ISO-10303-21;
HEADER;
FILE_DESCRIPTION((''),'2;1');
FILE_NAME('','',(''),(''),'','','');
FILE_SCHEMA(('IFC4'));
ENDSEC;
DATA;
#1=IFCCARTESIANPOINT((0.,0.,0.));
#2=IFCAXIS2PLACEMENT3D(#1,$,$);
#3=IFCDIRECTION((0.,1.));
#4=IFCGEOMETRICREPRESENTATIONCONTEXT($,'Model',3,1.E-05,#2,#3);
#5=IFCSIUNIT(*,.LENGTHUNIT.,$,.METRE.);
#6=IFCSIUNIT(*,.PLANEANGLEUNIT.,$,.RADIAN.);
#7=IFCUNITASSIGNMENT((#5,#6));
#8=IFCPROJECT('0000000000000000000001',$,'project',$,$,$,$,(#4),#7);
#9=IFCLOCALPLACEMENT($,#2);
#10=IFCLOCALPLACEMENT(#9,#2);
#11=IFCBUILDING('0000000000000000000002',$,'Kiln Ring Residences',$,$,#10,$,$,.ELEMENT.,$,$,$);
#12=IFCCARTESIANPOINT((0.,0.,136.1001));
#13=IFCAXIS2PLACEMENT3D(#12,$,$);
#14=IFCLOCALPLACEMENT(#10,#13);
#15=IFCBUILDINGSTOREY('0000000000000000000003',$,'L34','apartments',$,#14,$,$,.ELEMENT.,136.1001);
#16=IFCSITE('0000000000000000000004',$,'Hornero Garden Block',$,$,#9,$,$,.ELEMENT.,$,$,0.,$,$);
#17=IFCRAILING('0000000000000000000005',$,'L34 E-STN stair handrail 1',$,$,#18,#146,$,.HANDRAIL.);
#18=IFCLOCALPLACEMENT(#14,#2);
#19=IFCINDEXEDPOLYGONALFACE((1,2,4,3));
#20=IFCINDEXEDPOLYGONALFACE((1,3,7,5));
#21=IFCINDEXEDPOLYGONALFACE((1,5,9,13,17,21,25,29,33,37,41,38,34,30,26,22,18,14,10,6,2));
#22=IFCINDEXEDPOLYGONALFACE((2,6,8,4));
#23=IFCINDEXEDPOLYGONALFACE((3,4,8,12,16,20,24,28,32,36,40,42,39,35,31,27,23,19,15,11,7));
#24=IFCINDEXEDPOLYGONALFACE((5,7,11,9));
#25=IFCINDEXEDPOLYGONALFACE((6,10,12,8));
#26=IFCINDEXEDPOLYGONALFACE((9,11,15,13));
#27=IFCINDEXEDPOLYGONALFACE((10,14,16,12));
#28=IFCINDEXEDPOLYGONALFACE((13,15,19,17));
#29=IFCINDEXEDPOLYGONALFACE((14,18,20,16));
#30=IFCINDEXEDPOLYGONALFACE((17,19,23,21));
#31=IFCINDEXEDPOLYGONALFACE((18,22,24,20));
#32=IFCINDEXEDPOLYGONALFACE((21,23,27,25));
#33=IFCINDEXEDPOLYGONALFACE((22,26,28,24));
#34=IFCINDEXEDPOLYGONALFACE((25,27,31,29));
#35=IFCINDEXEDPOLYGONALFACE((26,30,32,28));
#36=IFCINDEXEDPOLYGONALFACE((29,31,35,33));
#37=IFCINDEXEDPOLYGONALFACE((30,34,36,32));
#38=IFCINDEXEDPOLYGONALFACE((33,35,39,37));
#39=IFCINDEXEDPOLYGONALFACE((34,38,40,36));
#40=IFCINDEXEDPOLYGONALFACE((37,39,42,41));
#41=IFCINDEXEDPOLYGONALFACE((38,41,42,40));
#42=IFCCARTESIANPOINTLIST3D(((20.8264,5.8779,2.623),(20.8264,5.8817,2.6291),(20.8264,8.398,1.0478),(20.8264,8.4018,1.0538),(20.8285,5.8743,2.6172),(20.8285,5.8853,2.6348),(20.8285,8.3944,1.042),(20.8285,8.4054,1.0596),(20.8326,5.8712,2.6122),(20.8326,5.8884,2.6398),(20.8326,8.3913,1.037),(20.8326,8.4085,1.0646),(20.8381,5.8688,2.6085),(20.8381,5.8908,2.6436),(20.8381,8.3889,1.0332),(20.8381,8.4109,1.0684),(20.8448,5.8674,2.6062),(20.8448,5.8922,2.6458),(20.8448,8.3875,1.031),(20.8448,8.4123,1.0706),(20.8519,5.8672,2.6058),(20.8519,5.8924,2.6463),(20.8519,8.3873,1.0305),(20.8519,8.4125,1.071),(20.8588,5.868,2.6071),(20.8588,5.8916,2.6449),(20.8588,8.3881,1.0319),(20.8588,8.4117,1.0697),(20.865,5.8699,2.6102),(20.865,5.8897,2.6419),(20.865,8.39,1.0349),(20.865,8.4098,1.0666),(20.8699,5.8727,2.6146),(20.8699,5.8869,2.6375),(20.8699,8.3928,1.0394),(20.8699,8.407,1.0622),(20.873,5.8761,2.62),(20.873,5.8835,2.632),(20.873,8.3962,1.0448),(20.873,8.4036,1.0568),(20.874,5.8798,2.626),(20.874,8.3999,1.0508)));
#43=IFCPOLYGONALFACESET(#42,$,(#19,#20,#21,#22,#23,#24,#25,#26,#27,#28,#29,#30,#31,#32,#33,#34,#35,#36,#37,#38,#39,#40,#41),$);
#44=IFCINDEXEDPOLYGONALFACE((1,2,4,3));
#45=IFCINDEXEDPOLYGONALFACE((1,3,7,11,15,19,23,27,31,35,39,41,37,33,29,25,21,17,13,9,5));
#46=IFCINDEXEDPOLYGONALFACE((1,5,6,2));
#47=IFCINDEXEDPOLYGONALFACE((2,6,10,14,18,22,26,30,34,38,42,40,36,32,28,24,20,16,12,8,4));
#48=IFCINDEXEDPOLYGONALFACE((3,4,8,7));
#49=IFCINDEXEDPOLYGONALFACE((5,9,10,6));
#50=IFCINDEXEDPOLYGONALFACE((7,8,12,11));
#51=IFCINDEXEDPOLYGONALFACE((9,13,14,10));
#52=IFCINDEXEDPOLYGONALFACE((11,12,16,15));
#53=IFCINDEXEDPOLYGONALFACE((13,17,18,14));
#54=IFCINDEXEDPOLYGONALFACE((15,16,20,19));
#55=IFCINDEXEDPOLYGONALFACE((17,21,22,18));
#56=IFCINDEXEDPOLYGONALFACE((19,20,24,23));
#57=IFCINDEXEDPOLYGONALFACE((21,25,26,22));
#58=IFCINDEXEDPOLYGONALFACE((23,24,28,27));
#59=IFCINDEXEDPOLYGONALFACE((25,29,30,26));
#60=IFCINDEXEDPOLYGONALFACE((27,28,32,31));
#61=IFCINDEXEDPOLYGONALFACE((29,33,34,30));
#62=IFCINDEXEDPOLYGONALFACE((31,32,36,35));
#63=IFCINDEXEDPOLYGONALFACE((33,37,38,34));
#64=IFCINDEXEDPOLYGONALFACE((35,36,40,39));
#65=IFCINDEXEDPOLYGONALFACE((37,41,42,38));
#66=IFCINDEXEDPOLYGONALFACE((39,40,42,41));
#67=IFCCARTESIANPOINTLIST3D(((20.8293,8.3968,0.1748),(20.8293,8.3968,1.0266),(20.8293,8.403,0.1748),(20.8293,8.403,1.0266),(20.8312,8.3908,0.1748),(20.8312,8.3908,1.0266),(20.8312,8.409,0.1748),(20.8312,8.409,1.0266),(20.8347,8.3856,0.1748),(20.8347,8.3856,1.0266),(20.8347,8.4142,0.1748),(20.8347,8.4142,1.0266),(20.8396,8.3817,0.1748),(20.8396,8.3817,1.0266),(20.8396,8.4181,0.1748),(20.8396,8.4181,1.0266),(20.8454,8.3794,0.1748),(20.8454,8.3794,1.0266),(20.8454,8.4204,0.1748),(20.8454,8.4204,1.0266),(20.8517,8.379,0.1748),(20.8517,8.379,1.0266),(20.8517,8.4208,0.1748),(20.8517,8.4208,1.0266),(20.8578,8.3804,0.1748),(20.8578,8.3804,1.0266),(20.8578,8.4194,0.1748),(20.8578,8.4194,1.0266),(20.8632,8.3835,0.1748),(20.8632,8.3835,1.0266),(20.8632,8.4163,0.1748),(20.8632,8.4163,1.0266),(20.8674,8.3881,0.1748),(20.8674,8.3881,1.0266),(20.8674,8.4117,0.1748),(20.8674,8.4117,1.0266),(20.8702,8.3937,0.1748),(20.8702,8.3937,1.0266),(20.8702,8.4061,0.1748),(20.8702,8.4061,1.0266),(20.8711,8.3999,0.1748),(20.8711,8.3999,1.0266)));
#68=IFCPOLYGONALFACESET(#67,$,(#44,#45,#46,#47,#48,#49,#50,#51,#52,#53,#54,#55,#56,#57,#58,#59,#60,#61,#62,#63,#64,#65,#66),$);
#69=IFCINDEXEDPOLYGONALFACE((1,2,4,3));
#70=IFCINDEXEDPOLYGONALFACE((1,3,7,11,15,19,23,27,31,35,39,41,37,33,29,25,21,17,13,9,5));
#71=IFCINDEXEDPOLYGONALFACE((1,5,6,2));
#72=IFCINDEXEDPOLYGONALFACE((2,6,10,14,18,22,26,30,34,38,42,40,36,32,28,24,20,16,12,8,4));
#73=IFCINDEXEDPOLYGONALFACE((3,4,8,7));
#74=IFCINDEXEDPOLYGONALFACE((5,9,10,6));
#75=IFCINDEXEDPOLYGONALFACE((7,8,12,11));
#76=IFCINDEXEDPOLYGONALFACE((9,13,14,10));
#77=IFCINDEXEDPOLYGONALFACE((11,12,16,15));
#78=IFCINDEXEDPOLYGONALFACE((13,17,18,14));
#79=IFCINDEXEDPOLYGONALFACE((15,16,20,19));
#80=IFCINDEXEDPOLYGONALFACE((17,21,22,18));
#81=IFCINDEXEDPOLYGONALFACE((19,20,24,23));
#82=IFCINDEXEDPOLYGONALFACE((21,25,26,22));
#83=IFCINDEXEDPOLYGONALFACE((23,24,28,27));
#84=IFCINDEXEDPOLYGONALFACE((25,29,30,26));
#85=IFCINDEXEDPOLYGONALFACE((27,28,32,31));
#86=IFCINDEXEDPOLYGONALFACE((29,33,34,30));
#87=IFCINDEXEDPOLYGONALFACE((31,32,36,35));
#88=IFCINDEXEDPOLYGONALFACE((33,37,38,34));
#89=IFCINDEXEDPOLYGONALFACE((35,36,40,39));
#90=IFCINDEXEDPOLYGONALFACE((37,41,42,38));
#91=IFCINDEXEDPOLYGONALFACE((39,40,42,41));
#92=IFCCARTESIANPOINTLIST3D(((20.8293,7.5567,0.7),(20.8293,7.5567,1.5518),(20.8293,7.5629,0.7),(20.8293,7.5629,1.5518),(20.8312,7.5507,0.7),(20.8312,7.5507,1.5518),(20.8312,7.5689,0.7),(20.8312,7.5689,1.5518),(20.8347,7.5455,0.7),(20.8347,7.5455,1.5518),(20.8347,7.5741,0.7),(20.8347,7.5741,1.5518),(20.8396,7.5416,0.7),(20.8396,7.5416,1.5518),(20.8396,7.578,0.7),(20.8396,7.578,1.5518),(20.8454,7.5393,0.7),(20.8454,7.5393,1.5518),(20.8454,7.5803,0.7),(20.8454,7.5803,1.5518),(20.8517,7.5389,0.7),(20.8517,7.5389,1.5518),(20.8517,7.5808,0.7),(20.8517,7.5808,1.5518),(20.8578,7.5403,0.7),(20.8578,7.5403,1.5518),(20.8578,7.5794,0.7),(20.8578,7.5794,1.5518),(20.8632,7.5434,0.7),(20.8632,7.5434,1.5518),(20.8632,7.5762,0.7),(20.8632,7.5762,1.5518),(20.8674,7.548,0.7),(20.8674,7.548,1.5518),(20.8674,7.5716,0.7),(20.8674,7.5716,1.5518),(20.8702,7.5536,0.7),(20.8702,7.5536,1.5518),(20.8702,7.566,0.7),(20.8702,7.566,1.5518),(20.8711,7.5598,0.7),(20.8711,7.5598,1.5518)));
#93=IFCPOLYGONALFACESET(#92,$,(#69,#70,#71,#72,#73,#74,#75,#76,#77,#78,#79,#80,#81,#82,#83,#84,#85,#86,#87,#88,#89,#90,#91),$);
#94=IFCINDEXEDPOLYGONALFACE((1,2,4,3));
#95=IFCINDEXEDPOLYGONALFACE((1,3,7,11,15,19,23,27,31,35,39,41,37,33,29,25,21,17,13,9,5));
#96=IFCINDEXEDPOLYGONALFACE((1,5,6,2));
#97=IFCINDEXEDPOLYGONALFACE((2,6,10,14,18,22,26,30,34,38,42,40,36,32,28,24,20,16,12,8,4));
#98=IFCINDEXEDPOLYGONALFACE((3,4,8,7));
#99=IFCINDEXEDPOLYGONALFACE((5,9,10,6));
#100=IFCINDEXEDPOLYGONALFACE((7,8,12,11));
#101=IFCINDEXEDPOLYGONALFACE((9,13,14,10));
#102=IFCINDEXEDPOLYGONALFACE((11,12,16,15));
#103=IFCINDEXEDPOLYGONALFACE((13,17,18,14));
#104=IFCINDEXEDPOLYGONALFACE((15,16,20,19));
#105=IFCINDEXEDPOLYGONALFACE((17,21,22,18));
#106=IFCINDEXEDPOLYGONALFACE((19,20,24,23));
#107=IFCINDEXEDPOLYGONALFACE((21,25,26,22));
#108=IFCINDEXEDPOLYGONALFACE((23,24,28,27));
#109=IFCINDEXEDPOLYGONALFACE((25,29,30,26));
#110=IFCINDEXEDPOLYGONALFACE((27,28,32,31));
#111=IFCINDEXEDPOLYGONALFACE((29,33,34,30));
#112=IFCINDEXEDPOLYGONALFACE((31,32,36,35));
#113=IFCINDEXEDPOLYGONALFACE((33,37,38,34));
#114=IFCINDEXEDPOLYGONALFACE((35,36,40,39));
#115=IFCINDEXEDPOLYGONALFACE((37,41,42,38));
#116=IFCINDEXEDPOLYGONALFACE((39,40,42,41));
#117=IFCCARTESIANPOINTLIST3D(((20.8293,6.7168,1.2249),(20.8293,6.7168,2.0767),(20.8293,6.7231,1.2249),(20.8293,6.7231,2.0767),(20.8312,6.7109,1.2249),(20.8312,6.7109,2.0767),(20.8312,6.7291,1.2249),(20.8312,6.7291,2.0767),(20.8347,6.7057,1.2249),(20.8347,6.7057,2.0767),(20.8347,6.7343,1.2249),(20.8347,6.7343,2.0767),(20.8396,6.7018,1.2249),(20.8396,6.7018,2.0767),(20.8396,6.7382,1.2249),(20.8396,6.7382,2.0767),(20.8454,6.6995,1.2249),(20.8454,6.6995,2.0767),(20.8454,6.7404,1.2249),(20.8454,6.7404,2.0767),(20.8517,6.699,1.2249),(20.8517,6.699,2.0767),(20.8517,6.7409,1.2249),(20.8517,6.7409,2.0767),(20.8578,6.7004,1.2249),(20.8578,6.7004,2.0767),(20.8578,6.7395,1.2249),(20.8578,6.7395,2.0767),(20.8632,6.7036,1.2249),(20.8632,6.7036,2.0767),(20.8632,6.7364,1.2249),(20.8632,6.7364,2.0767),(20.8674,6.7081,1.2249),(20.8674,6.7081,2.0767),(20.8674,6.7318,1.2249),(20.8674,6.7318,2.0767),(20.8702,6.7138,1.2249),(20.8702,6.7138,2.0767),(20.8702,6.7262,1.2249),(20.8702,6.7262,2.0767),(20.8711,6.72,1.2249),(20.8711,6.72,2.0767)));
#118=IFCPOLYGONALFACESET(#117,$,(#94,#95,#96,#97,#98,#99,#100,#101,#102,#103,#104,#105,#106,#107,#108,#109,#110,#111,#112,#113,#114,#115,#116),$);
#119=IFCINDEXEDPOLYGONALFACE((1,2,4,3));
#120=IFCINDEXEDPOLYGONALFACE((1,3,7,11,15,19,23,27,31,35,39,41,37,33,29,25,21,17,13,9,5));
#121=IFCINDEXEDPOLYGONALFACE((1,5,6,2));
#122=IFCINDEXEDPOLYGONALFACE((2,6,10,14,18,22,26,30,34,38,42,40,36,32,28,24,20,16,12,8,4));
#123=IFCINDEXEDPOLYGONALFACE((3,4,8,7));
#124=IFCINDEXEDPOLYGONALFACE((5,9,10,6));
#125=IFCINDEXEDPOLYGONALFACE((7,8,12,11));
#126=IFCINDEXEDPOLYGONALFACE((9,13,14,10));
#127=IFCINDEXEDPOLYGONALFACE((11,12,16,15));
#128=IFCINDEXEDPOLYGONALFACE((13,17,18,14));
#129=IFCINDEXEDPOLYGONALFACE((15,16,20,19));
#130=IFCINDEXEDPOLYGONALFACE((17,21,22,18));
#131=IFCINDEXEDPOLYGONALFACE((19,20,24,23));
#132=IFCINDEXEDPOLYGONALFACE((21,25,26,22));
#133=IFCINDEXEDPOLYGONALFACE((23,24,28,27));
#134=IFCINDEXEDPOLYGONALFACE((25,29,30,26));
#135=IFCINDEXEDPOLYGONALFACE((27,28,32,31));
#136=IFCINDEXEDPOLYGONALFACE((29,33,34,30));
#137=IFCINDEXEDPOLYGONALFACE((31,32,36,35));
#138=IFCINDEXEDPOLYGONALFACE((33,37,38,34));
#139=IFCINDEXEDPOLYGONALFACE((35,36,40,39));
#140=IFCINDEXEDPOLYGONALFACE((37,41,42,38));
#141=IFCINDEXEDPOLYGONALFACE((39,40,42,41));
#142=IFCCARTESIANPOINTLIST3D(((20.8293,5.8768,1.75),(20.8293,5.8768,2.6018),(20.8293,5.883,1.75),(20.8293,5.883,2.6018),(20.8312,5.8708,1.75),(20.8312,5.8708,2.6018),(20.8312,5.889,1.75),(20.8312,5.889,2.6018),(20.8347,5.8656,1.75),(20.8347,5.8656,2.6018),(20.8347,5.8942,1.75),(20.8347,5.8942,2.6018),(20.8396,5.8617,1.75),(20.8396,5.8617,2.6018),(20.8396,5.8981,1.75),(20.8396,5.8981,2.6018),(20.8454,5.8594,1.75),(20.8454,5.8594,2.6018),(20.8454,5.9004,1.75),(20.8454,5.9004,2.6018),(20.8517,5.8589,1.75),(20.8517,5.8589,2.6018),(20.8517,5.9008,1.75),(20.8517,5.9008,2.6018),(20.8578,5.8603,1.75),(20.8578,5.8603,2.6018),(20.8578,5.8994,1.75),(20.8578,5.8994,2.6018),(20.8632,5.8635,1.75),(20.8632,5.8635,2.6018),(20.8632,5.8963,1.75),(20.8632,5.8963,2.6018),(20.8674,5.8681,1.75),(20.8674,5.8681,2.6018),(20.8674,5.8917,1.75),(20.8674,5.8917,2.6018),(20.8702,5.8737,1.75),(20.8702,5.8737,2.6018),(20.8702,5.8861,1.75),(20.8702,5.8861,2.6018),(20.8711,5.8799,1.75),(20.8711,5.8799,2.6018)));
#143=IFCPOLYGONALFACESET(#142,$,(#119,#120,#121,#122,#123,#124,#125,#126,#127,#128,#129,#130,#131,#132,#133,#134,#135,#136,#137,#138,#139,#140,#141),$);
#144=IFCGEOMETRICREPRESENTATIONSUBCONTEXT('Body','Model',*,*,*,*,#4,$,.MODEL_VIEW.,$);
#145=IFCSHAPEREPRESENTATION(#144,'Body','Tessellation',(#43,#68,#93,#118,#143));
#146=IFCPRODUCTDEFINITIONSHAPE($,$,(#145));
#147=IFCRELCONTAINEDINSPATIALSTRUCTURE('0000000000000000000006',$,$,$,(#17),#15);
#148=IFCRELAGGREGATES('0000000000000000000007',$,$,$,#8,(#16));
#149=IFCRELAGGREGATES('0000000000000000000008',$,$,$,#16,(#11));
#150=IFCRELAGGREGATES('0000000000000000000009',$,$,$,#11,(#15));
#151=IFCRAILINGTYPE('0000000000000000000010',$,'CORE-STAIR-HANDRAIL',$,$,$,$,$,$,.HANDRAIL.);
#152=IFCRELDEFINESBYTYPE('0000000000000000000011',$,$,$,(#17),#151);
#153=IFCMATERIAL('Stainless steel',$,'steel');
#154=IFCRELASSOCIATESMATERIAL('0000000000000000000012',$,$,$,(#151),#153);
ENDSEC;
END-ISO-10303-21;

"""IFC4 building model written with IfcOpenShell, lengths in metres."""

from ifc_helpers import new_model, si_unit, direction, frame, origin, origin_2d, place, context, subcontext, project, spatial, circle, extrude, material, type_object, element, save


model = new_model("IFC4")

# Units and contexts
model_context = context("Model", 3, precision=1e-05, world=origin(), true_north=direction((0.0, 1.0)))
body_context = subcontext(model_context, "Body", "Model", "MODEL_VIEW")
ifc_project = project(units=[si_unit("LENGTHUNIT", "METRE"), si_unit("PLANEANGLEUNIT", "RADIAN")], contexts=[model_context])

# Site, building, storey
site_placement = place(None, origin())
site = spatial("IfcSite", under=ifc_project, at=site_placement, Name="Hornero Garden Block", CompositionType="ELEMENT", RefElevation=0.0)
building_placement = place(site_placement, origin())
building = spatial("IfcBuilding", under=site, at=building_placement, Name="Kiln Ring Residences", CompositionType="ELEMENT")
storey_placement = place(building_placement, frame((0.0, 0.0, 136.1001)))
storey = spatial("IfcBuildingStorey", under=building, at=storey_placement, Name="L34", Description="apartments", CompositionType="ELEMENT", Elevation=136.1001)

# Railing
ifc_material_1 = material(Name="Stainless steel", Category="steel")
railing_type_1 = type_object("IfcRailingType", Name="CORE-STAIR-HANDRAIL", PredefinedType="HANDRAIL", material=ifc_material_1)
railing_1_placement = place(storey_placement, frame((20.8501, 8.3999, 0.1748)))
element("IfcRailing", 1, at=railing_1_placement, inside=storey, type_object=railing_type_1, Name="L34 E-STN stair handrail 1", PredefinedType="HANDRAIL", context=body_context, shape_type="SweptSolid", body=[
    extrude(circle(Radius=0.0239, at=origin_2d()), frame((0.0, 0.0, 0.876), z_axis=(0.0, -0.847971, 0.530043), x_axis=(1.0, 0.0, 0.0)), (0.0, 0.0, 1.0), 2.9719),
    extrude(circle(Radius=0.021, at=origin_2d()), origin(), (0.0, 0.0, 1.0), 0.8518),
    extrude(circle(Radius=0.021, at=origin_2d()), frame((0.0, -0.8401, 0.5251)), (0.0, 0.0, 1.0), 0.8518),
    extrude(circle(Radius=0.021, at=origin_2d()), frame((0.0, -1.6799, 1.05)), (0.0, 0.0, 1.0), 0.8518),
    extrude(circle(Radius=0.021, at=origin_2d()), frame((0.0, -2.52, 1.5752)), (0.0, 0.0, 1.0), 0.8518),
])

save(model, "model.ifc")
